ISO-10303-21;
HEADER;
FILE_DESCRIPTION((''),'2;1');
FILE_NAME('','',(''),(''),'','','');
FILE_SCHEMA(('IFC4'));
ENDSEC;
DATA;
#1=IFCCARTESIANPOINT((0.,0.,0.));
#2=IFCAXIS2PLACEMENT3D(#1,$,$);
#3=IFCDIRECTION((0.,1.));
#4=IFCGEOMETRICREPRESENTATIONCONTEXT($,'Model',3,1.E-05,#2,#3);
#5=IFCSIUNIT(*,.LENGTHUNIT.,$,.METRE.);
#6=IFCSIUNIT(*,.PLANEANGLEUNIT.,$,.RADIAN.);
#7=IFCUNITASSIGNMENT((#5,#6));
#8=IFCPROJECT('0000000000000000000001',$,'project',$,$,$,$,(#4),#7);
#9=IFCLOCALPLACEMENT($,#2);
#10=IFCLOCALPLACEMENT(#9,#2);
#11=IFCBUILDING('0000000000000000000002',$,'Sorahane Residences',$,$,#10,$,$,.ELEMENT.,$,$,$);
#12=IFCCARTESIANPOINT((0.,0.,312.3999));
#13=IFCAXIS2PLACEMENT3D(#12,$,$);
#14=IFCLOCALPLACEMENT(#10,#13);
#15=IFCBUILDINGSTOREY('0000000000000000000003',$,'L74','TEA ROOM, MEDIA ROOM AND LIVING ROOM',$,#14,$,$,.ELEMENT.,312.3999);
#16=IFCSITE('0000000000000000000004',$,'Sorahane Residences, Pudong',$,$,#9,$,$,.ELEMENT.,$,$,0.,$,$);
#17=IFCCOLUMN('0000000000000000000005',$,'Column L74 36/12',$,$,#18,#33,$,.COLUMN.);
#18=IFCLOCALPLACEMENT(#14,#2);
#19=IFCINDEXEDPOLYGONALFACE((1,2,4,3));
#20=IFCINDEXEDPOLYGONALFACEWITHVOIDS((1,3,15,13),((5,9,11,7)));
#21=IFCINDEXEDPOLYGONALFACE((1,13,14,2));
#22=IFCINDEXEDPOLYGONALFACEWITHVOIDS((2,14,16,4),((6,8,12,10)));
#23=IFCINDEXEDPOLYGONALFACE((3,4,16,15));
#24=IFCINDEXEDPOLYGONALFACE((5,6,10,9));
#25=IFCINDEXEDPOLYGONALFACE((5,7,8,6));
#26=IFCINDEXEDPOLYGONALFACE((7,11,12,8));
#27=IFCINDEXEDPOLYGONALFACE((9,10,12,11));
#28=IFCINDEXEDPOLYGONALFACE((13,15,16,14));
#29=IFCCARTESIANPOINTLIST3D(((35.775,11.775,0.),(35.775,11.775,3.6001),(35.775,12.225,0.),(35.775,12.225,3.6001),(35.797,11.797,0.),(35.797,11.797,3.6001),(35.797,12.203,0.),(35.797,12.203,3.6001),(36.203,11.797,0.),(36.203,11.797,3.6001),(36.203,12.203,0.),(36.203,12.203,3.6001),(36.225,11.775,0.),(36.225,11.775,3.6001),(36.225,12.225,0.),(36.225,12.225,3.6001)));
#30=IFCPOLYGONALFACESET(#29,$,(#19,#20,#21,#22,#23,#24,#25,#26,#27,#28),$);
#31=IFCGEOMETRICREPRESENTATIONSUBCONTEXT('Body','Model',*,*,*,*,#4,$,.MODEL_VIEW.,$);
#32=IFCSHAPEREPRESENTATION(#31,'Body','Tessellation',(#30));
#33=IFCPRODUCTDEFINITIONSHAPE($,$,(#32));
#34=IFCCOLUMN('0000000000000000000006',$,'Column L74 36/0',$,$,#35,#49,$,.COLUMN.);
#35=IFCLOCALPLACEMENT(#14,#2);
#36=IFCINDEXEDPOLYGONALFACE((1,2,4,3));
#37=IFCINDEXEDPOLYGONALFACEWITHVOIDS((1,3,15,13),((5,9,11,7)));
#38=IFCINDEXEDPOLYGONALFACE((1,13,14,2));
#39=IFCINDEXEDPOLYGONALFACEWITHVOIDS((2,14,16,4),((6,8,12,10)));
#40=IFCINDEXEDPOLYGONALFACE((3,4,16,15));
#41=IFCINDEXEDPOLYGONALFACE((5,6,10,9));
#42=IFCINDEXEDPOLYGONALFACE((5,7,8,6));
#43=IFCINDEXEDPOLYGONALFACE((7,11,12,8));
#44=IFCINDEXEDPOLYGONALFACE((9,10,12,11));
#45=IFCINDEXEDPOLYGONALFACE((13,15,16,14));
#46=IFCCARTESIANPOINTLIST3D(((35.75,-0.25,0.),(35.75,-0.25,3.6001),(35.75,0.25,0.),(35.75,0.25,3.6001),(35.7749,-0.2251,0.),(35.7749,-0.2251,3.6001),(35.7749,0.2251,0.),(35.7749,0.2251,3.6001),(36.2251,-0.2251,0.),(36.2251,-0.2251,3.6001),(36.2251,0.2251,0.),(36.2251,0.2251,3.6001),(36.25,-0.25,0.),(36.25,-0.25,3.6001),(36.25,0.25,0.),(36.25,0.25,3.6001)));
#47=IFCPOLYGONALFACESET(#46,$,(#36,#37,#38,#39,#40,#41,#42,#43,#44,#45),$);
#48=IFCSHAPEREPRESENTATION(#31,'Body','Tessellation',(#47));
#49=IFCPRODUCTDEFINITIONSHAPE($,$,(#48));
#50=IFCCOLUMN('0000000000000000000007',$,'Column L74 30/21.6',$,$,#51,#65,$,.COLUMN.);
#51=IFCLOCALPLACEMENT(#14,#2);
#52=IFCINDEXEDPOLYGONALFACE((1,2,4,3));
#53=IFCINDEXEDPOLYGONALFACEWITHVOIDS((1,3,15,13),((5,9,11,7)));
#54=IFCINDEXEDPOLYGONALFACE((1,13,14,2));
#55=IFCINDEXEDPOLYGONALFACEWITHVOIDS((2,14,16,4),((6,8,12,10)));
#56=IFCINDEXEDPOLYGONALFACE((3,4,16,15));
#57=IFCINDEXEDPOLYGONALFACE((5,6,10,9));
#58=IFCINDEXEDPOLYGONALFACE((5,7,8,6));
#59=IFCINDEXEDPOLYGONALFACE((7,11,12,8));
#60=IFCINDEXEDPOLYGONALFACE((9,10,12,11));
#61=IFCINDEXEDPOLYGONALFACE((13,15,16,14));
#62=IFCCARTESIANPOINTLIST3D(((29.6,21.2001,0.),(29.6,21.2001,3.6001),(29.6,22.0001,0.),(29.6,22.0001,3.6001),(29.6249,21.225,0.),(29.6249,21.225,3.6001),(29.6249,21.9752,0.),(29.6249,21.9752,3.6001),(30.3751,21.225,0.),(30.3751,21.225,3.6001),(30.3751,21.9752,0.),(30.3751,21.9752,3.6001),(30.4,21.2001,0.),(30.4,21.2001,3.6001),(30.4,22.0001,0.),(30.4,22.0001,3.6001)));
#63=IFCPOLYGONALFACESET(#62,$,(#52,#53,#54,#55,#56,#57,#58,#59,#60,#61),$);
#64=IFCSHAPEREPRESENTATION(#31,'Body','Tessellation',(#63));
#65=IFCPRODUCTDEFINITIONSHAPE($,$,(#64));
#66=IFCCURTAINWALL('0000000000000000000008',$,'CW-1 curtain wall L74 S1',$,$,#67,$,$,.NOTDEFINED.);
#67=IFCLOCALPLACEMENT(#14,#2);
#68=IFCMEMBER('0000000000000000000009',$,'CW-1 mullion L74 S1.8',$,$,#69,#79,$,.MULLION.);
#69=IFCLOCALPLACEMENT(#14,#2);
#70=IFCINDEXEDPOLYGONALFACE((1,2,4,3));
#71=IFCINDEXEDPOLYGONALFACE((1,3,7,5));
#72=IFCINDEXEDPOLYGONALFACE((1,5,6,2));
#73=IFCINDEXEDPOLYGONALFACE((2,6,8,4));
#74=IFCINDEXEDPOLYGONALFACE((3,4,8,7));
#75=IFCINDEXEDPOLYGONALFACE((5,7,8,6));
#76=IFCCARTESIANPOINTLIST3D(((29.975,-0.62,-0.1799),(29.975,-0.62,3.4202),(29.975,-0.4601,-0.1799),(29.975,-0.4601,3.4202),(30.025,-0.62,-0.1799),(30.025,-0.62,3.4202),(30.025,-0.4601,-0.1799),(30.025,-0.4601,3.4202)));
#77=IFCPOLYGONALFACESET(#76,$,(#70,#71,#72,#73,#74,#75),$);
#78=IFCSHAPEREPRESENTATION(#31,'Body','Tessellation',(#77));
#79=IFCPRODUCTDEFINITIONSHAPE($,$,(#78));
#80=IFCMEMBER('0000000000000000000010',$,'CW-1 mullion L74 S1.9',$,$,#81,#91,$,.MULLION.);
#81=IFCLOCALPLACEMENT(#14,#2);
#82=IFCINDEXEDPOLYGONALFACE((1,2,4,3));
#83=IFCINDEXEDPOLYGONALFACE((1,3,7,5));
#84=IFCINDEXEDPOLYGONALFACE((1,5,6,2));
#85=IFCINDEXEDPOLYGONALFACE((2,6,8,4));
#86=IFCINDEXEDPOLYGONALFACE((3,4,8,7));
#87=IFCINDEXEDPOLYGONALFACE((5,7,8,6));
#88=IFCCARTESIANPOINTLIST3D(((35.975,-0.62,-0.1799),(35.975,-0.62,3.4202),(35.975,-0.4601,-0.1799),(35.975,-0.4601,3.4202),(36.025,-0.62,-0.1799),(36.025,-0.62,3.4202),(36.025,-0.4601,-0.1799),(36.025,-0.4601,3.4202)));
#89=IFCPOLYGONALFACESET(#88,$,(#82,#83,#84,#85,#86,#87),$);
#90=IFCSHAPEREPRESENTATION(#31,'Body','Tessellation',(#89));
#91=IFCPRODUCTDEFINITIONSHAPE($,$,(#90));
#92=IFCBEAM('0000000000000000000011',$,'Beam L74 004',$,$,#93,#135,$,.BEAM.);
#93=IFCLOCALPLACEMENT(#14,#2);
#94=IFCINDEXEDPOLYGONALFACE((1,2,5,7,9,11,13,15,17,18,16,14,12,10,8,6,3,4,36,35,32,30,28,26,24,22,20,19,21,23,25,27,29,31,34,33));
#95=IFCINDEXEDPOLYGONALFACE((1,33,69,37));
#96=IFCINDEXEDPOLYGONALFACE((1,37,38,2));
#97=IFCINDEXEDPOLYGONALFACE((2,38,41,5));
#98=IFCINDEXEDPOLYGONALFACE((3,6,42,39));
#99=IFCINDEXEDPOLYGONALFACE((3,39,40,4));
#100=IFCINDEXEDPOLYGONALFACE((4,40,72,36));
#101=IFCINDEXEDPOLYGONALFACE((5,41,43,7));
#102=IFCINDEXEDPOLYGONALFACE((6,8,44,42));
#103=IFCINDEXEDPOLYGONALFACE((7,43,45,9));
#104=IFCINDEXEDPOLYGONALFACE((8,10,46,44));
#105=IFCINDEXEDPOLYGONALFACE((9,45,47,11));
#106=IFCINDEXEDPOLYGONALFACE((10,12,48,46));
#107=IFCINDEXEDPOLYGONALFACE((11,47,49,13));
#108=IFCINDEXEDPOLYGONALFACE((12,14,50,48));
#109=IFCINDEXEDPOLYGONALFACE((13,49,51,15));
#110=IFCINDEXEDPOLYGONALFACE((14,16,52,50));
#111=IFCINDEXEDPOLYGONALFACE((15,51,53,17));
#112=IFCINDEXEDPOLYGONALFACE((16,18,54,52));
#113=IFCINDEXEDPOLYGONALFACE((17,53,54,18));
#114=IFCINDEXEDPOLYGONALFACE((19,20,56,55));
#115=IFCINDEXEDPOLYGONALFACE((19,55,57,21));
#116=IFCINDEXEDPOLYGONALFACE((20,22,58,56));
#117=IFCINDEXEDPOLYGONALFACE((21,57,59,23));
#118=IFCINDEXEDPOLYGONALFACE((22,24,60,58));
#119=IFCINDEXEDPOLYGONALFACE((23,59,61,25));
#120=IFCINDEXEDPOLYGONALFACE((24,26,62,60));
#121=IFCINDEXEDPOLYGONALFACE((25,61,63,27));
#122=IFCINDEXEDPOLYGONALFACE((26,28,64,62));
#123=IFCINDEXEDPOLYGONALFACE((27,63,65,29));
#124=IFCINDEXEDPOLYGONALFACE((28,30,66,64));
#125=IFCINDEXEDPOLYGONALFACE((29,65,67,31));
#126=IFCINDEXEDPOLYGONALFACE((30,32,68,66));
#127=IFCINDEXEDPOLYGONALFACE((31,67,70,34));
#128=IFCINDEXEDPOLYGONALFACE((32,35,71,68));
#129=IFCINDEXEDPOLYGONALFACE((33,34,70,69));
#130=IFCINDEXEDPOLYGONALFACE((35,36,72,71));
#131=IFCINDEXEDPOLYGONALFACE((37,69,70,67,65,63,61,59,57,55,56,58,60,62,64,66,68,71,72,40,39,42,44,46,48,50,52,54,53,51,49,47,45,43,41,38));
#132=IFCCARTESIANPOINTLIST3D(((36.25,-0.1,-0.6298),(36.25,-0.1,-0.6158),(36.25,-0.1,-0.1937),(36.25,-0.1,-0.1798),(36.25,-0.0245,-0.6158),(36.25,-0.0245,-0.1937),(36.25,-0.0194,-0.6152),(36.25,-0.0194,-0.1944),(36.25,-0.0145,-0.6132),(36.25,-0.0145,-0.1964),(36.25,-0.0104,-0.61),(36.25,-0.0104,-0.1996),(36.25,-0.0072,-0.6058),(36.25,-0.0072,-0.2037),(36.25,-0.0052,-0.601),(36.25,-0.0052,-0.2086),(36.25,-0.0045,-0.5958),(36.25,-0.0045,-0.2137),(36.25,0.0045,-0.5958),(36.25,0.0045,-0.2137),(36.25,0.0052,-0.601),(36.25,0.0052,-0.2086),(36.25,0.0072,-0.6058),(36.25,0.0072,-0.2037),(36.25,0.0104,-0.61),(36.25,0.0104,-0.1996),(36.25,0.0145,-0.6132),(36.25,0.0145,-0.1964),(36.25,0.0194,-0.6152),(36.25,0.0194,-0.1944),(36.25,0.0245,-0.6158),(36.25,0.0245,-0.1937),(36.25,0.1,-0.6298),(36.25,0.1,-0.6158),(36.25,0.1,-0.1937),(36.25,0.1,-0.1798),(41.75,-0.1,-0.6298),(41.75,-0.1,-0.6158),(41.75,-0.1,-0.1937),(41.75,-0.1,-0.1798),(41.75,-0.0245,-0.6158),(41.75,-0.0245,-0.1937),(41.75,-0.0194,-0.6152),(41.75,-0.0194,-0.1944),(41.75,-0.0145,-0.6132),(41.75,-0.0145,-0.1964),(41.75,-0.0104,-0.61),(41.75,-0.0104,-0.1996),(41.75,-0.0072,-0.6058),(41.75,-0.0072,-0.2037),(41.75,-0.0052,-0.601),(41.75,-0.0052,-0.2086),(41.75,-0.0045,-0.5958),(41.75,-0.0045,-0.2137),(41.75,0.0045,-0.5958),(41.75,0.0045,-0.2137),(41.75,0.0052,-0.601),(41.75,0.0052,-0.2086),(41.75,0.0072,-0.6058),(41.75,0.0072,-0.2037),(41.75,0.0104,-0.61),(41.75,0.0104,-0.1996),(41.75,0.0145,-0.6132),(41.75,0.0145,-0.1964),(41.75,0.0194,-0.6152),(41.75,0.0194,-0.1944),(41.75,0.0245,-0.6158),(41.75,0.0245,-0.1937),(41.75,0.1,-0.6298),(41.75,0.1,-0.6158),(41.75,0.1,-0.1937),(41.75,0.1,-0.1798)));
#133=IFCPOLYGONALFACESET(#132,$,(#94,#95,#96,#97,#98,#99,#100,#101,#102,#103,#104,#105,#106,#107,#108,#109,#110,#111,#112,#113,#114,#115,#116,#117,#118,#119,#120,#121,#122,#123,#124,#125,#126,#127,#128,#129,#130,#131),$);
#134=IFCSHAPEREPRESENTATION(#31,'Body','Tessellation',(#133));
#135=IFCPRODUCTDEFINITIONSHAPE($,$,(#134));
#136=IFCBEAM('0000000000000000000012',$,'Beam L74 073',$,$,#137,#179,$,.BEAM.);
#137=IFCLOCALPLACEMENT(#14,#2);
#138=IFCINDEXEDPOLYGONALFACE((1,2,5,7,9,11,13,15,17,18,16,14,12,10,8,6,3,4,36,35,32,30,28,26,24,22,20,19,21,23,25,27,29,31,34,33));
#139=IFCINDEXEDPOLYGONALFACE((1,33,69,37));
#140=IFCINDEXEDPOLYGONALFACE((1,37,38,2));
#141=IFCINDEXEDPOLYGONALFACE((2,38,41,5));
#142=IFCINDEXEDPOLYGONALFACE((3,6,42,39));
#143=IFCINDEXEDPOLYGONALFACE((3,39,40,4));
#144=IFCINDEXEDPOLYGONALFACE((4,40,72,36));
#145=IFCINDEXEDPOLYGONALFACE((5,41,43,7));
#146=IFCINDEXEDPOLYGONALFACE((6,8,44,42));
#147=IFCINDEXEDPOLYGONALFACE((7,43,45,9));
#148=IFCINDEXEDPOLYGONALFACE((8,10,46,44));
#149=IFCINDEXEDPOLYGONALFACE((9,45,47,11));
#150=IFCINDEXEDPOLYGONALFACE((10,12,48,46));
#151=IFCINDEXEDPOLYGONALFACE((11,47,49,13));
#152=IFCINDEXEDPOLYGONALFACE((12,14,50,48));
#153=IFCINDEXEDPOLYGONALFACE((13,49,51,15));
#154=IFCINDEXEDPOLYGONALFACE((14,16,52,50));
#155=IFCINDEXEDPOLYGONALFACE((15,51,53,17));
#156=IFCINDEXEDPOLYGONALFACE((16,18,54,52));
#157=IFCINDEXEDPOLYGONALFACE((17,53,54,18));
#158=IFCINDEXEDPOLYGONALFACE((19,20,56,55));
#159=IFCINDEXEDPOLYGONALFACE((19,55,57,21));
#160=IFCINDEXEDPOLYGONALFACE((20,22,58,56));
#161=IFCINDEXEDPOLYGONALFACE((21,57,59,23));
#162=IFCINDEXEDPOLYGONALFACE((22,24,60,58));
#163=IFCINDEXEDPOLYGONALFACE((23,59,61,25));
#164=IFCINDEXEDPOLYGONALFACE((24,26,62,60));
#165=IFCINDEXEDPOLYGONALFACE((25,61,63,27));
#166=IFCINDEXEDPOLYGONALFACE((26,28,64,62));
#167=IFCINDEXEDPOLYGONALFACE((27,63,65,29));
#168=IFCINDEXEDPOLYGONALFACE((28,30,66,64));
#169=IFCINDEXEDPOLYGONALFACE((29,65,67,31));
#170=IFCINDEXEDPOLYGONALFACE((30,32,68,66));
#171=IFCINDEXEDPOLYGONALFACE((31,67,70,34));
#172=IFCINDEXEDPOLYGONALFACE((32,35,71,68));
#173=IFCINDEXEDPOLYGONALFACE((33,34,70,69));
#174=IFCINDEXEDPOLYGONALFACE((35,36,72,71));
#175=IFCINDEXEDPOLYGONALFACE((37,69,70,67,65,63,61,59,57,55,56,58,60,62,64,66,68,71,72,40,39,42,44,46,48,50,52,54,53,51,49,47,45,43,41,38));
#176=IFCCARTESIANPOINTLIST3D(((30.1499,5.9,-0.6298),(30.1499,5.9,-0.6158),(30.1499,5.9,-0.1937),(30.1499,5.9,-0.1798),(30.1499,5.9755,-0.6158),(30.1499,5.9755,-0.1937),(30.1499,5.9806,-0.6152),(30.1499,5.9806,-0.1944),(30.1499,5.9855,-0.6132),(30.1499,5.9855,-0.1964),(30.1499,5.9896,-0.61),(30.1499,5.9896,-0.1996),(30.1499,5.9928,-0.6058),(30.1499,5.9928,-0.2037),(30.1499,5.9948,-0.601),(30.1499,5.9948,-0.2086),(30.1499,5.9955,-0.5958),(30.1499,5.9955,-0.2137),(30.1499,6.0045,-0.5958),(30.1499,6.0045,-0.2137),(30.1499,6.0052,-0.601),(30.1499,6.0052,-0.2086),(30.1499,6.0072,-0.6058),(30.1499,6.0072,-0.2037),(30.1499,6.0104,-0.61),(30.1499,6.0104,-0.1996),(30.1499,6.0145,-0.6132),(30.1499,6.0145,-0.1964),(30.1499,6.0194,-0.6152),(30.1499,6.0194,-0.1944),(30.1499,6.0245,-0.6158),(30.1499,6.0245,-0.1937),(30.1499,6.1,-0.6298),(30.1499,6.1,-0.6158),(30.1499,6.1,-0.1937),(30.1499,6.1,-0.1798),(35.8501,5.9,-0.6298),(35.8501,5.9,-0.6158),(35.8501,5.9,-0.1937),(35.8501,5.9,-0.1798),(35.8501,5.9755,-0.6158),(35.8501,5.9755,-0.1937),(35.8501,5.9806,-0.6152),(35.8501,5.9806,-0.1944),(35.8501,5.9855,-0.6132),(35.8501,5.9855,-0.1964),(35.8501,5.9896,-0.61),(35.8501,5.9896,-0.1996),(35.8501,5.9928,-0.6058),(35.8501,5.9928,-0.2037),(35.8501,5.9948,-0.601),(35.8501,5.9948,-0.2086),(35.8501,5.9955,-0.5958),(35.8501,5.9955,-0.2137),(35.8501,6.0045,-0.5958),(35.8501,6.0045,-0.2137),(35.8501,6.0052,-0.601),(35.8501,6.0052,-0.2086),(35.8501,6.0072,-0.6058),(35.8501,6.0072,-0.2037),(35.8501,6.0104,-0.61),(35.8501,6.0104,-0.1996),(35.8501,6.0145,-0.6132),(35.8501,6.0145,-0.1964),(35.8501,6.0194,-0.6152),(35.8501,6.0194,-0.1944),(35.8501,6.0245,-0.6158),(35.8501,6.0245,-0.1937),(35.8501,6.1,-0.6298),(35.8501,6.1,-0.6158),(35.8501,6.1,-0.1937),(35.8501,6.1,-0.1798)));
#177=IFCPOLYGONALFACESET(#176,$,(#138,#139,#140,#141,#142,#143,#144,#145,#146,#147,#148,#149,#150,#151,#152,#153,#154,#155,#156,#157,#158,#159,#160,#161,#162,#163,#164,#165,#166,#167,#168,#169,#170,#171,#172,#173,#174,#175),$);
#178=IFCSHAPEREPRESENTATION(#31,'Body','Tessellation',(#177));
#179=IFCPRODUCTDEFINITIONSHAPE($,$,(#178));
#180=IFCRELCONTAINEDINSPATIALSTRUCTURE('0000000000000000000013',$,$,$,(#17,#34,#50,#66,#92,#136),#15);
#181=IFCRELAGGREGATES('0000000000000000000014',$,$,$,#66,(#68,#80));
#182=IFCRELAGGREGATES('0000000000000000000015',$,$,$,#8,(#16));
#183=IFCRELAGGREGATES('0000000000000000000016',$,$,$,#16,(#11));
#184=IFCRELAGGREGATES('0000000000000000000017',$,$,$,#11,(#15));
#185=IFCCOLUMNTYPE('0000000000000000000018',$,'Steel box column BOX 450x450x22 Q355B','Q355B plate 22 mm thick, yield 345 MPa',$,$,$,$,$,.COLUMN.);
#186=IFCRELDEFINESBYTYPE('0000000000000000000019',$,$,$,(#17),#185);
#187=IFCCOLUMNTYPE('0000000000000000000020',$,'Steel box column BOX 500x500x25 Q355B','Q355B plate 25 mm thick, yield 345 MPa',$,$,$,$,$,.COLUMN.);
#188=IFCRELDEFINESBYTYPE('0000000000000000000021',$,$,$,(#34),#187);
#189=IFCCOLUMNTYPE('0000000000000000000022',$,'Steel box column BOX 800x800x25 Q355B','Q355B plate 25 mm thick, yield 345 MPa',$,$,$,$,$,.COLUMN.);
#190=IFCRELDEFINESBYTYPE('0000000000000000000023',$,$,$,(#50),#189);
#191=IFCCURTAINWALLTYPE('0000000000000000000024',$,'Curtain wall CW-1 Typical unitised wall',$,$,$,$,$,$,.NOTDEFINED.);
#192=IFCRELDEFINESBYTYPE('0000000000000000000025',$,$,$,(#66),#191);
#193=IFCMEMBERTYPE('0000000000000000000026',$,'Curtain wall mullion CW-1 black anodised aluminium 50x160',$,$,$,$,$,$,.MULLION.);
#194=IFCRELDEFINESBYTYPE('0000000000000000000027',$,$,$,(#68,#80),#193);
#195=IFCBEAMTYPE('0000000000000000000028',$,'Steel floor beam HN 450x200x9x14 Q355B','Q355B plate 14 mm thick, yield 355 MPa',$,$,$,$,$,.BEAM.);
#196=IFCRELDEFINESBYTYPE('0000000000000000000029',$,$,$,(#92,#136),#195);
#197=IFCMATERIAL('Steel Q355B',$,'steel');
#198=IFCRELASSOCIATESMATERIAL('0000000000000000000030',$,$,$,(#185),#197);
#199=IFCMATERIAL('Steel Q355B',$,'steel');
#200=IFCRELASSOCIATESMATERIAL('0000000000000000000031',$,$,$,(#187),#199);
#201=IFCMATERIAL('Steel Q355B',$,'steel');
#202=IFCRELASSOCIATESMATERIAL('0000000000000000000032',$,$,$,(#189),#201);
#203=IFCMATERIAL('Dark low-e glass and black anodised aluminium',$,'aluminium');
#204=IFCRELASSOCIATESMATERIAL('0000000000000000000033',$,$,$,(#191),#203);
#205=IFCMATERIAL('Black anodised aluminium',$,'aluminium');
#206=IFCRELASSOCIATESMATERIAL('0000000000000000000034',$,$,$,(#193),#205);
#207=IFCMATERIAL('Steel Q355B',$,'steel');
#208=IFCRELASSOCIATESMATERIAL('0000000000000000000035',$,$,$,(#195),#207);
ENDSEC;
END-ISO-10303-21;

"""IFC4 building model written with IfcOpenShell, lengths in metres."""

from ifc_helpers import new_model, si_unit, direction, frame, origin, origin_2d, place, context, subcontext, project, spatial, rectangle, hollow_rectangle, i_section, extrude, material, material_profile, profile_set, type_object, element, aggregate, save


model = new_model("IFC4")

# Units and contexts
model_context = context("Model", 3, precision=1e-05, world=origin(), true_north=direction((0.0, 1.0)))
body_context = subcontext(model_context, "Body", "Model", "MODEL_VIEW")
ifc_project = project(units=[si_unit("LENGTHUNIT", "METRE"), si_unit("PLANEANGLEUNIT", "RADIAN")], contexts=[model_context])

# Site, building, storey
site_placement = place(None, origin())
site = spatial("IfcSite", under=ifc_project, at=site_placement, Name="Sorahane Residences, Pudong", CompositionType="ELEMENT", RefElevation=0.0)
building_placement = place(site_placement, origin())
building = spatial("IfcBuilding", under=site, at=building_placement, Name="Sorahane Residences", CompositionType="ELEMENT")
storey_placement = place(building_placement, frame((0.0, 0.0, 312.3999)))
storey = spatial("IfcBuildingStorey", under=building, at=storey_placement, Name="L74", Description="TEA ROOM, MEDIA ROOM AND LIVING ROOM", CompositionType="ELEMENT", Elevation=312.3999)

# Columns
ifc_material_1 = material(Name="Steel Q355B", Category="steel")
ifc_material_profile_1 = material_profile(ifc_material_1, hollow_rectangle(XDim=0.45, YDim=0.45, WallThickness=0.022, at=origin_2d()), Name="BOX 450x450x22")
ifc_profile_set_1 = profile_set([ifc_material_profile_1], Name="Steel Q355B")
column_type_1 = type_object("IfcColumnType", Name="Steel box column BOX 450x450x22 Q355B", Description="Q355B plate 22 mm thick, yield 345 MPa", PredefinedType="COLUMN", material=ifc_profile_set_1)
column_1_placement = place(storey_placement, frame((36.0, 12.0, 0.0), z_axis=(0.0, 0.0, 1.0), x_axis=(1.0, 0.0, 0.0)))
element("IfcColumn", 1, at=column_1_placement, inside=storey, type_object=column_type_1, Name="Column L74 36/12", PredefinedType="COLUMN", context=body_context, shape_type="SweptSolid", body=[
    extrude(hollow_rectangle(XDim=0.45, YDim=0.45, WallThickness=0.022, at=origin_2d()), origin(), (0.0, 0.0, 1.0), 3.6001),
])
ifc_material_2 = material(Name="Steel Q355B", Category="steel")
ifc_material_profile_2 = material_profile(ifc_material_2, hollow_rectangle(XDim=0.5, YDim=0.5, WallThickness=0.0249, at=origin_2d()), Name="BOX 500x500x25")
ifc_profile_set_2 = profile_set([ifc_material_profile_2], Name="Steel Q355B")
column_type_2 = type_object("IfcColumnType", Name="Steel box column BOX 500x500x25 Q355B", Description="Q355B plate 25 mm thick, yield 345 MPa", PredefinedType="COLUMN", material=ifc_profile_set_2)
column_2_placement = place(storey_placement, frame((36.0, 0.0, 0.0), z_axis=(0.0, 0.0, 1.0), x_axis=(1.0, 0.0, 0.0)))
element("IfcColumn", 2, at=column_2_placement, inside=storey, type_object=column_type_2, Name="Column L74 36/0", PredefinedType="COLUMN", context=body_context, shape_type="SweptSolid", body=[
    extrude(hollow_rectangle(XDim=0.5, YDim=0.5, WallThickness=0.0249, at=origin_2d()), origin(), (0.0, 0.0, 1.0), 3.6001),
])
ifc_material_3 = material(Name="Steel Q355B", Category="steel")
ifc_material_profile_3 = material_profile(ifc_material_3, hollow_rectangle(XDim=0.8, YDim=0.8, WallThickness=0.0249, at=origin_2d()), Name="BOX 800x800x25")
ifc_profile_set_3 = profile_set([ifc_material_profile_3], Name="Steel Q355B")
column_type_3 = type_object("IfcColumnType", Name="Steel box column BOX 800x800x25 Q355B", Description="Q355B plate 25 mm thick, yield 345 MPa", PredefinedType="COLUMN", material=ifc_profile_set_3)
column_3_placement = place(storey_placement, frame((30.0, 21.6001, 0.0), z_axis=(0.0, 0.0, 1.0), x_axis=(1.0, 0.0, 0.0)))
element("IfcColumn", 3, at=column_3_placement, inside=storey, type_object=column_type_3, Name="Column L74 30/21.6", PredefinedType="COLUMN", context=body_context, shape_type="SweptSolid", body=[
    extrude(hollow_rectangle(XDim=0.8, YDim=0.8, WallThickness=0.0249, at=origin_2d()), origin(), (0.0, 0.0, 1.0), 3.6001),
])

# Curtain wall, members
ifc_material_4 = material(Name="Dark low-e glass and black anodised aluminium", Category="aluminium")
curtain_wall_type = type_object("IfcCurtainWallType", Name="Curtain wall CW-1 Typical unitised wall", PredefinedType="NOTDEFINED", material=ifc_material_4)
curtain_wall_placement = place(storey_placement, origin())
curtain_wall = element("IfcCurtainWall", 4, at=curtain_wall_placement, inside=storey, type_object=curtain_wall_type, Name="CW-1 curtain wall L74 S1", PredefinedType="NOTDEFINED")
ifc_material_5 = material(Name="Black anodised aluminium", Category="aluminium")
ifc_material_profile_4 = material_profile(ifc_material_5, rectangle(XDim=0.1599, YDim=0.05, at=origin_2d()), Name="Curtain wall mullion CW-1 black anodised aluminium 50x160")
ifc_profile_set_4 = profile_set([ifc_material_profile_4], Name="Black anodised aluminium")
member_type = type_object("IfcMemberType", Name="Curtain wall mullion CW-1 black anodised aluminium 50x160", PredefinedType="MULLION", material=ifc_profile_set_4)
member_1_placement = place(storey_placement, frame((30.0, -0.54, -0.1799), z_axis=(0.0, 0.0, 1.0), x_axis=(0.0, -1.0, 0.0)))
member_1 = element("IfcMember", 5, at=member_1_placement, type_object=member_type, Name="CW-1 mullion L74 S1.8", PredefinedType="MULLION", context=body_context, shape_type="SweptSolid", body=[
    extrude(rectangle(XDim=0.1599, YDim=0.05, at=origin_2d()), origin(), (0.0, 0.0, 1.0), 3.6001),
])
member_2_placement = place(storey_placement, frame((36.0, -0.54, -0.1799), z_axis=(0.0, 0.0, 1.0), x_axis=(0.0, -1.0, 0.0)))
member_2 = element("IfcMember", 6, at=member_2_placement, type_object=member_type, Name="CW-1 mullion L74 S1.9", PredefinedType="MULLION", context=body_context, shape_type="SweptSolid", body=[
    extrude(rectangle(XDim=0.1599, YDim=0.05, at=origin_2d()), origin(), (0.0, 0.0, 1.0), 3.6001),
])

# Beams
ifc_material_6 = material(Name="Steel Q355B", Category="steel")
ifc_material_profile_5 = material_profile(ifc_material_6, i_section(OverallWidth=0.2, OverallDepth=0.45, WebThickness=0.009, FlangeThickness=0.0139, FilletRadius=0.02, at=origin_2d()), Name="HN 450x200x9x14")
ifc_profile_set_5 = profile_set([ifc_material_profile_5], Name="Steel Q355B")
beam_type_1 = type_object("IfcBeamType", Name="Steel floor beam HN 450x200x9x14 Q355B", Description="Q355B plate 14 mm thick, yield 355 MPa", PredefinedType="BEAM", material=ifc_profile_set_5)
beam_1_placement = place(storey_placement, frame((36.25, 0.0, -0.4048), z_axis=(1.0, 0.0, 0.0), x_axis=(0.0, 1.0, 0.0)))
element("IfcBeam", 7, at=beam_1_placement, inside=storey, type_object=beam_type_1, Name="Beam L74 004", PredefinedType="BEAM", context=body_context, shape_type="SweptSolid", body=[
    extrude(i_section(OverallWidth=0.2, OverallDepth=0.45, WebThickness=0.009, FlangeThickness=0.0139, FilletRadius=0.02, at=origin_2d()), origin(), (0.0, 0.0, 1.0), 5.5),
])
for number, where, z_axis, x_axis, name in (
    (8, (30.1499, 6.0, -0.4048), (1.0, 0.0, 0.0), (0.0, 1.0, 0.0), "Beam L74 073"),
):
    element("IfcBeam", number, at=place(storey_placement, frame(where, z_axis=z_axis, x_axis=x_axis)), inside=storey, type_object=beam_type_1, Name=name, PredefinedType="BEAM", context=body_context, shape_type="SweptSolid", body=[
        extrude(i_section(OverallWidth=0.2, OverallDepth=0.45, WebThickness=0.009, FlangeThickness=0.0139, FilletRadius=0.02, at=origin_2d()), origin(), (0.0, 0.0, 1.0), 5.7002),
    ])

aggregate(curtain_wall, [member_1, member_2])

save(model, "model.ifc")
